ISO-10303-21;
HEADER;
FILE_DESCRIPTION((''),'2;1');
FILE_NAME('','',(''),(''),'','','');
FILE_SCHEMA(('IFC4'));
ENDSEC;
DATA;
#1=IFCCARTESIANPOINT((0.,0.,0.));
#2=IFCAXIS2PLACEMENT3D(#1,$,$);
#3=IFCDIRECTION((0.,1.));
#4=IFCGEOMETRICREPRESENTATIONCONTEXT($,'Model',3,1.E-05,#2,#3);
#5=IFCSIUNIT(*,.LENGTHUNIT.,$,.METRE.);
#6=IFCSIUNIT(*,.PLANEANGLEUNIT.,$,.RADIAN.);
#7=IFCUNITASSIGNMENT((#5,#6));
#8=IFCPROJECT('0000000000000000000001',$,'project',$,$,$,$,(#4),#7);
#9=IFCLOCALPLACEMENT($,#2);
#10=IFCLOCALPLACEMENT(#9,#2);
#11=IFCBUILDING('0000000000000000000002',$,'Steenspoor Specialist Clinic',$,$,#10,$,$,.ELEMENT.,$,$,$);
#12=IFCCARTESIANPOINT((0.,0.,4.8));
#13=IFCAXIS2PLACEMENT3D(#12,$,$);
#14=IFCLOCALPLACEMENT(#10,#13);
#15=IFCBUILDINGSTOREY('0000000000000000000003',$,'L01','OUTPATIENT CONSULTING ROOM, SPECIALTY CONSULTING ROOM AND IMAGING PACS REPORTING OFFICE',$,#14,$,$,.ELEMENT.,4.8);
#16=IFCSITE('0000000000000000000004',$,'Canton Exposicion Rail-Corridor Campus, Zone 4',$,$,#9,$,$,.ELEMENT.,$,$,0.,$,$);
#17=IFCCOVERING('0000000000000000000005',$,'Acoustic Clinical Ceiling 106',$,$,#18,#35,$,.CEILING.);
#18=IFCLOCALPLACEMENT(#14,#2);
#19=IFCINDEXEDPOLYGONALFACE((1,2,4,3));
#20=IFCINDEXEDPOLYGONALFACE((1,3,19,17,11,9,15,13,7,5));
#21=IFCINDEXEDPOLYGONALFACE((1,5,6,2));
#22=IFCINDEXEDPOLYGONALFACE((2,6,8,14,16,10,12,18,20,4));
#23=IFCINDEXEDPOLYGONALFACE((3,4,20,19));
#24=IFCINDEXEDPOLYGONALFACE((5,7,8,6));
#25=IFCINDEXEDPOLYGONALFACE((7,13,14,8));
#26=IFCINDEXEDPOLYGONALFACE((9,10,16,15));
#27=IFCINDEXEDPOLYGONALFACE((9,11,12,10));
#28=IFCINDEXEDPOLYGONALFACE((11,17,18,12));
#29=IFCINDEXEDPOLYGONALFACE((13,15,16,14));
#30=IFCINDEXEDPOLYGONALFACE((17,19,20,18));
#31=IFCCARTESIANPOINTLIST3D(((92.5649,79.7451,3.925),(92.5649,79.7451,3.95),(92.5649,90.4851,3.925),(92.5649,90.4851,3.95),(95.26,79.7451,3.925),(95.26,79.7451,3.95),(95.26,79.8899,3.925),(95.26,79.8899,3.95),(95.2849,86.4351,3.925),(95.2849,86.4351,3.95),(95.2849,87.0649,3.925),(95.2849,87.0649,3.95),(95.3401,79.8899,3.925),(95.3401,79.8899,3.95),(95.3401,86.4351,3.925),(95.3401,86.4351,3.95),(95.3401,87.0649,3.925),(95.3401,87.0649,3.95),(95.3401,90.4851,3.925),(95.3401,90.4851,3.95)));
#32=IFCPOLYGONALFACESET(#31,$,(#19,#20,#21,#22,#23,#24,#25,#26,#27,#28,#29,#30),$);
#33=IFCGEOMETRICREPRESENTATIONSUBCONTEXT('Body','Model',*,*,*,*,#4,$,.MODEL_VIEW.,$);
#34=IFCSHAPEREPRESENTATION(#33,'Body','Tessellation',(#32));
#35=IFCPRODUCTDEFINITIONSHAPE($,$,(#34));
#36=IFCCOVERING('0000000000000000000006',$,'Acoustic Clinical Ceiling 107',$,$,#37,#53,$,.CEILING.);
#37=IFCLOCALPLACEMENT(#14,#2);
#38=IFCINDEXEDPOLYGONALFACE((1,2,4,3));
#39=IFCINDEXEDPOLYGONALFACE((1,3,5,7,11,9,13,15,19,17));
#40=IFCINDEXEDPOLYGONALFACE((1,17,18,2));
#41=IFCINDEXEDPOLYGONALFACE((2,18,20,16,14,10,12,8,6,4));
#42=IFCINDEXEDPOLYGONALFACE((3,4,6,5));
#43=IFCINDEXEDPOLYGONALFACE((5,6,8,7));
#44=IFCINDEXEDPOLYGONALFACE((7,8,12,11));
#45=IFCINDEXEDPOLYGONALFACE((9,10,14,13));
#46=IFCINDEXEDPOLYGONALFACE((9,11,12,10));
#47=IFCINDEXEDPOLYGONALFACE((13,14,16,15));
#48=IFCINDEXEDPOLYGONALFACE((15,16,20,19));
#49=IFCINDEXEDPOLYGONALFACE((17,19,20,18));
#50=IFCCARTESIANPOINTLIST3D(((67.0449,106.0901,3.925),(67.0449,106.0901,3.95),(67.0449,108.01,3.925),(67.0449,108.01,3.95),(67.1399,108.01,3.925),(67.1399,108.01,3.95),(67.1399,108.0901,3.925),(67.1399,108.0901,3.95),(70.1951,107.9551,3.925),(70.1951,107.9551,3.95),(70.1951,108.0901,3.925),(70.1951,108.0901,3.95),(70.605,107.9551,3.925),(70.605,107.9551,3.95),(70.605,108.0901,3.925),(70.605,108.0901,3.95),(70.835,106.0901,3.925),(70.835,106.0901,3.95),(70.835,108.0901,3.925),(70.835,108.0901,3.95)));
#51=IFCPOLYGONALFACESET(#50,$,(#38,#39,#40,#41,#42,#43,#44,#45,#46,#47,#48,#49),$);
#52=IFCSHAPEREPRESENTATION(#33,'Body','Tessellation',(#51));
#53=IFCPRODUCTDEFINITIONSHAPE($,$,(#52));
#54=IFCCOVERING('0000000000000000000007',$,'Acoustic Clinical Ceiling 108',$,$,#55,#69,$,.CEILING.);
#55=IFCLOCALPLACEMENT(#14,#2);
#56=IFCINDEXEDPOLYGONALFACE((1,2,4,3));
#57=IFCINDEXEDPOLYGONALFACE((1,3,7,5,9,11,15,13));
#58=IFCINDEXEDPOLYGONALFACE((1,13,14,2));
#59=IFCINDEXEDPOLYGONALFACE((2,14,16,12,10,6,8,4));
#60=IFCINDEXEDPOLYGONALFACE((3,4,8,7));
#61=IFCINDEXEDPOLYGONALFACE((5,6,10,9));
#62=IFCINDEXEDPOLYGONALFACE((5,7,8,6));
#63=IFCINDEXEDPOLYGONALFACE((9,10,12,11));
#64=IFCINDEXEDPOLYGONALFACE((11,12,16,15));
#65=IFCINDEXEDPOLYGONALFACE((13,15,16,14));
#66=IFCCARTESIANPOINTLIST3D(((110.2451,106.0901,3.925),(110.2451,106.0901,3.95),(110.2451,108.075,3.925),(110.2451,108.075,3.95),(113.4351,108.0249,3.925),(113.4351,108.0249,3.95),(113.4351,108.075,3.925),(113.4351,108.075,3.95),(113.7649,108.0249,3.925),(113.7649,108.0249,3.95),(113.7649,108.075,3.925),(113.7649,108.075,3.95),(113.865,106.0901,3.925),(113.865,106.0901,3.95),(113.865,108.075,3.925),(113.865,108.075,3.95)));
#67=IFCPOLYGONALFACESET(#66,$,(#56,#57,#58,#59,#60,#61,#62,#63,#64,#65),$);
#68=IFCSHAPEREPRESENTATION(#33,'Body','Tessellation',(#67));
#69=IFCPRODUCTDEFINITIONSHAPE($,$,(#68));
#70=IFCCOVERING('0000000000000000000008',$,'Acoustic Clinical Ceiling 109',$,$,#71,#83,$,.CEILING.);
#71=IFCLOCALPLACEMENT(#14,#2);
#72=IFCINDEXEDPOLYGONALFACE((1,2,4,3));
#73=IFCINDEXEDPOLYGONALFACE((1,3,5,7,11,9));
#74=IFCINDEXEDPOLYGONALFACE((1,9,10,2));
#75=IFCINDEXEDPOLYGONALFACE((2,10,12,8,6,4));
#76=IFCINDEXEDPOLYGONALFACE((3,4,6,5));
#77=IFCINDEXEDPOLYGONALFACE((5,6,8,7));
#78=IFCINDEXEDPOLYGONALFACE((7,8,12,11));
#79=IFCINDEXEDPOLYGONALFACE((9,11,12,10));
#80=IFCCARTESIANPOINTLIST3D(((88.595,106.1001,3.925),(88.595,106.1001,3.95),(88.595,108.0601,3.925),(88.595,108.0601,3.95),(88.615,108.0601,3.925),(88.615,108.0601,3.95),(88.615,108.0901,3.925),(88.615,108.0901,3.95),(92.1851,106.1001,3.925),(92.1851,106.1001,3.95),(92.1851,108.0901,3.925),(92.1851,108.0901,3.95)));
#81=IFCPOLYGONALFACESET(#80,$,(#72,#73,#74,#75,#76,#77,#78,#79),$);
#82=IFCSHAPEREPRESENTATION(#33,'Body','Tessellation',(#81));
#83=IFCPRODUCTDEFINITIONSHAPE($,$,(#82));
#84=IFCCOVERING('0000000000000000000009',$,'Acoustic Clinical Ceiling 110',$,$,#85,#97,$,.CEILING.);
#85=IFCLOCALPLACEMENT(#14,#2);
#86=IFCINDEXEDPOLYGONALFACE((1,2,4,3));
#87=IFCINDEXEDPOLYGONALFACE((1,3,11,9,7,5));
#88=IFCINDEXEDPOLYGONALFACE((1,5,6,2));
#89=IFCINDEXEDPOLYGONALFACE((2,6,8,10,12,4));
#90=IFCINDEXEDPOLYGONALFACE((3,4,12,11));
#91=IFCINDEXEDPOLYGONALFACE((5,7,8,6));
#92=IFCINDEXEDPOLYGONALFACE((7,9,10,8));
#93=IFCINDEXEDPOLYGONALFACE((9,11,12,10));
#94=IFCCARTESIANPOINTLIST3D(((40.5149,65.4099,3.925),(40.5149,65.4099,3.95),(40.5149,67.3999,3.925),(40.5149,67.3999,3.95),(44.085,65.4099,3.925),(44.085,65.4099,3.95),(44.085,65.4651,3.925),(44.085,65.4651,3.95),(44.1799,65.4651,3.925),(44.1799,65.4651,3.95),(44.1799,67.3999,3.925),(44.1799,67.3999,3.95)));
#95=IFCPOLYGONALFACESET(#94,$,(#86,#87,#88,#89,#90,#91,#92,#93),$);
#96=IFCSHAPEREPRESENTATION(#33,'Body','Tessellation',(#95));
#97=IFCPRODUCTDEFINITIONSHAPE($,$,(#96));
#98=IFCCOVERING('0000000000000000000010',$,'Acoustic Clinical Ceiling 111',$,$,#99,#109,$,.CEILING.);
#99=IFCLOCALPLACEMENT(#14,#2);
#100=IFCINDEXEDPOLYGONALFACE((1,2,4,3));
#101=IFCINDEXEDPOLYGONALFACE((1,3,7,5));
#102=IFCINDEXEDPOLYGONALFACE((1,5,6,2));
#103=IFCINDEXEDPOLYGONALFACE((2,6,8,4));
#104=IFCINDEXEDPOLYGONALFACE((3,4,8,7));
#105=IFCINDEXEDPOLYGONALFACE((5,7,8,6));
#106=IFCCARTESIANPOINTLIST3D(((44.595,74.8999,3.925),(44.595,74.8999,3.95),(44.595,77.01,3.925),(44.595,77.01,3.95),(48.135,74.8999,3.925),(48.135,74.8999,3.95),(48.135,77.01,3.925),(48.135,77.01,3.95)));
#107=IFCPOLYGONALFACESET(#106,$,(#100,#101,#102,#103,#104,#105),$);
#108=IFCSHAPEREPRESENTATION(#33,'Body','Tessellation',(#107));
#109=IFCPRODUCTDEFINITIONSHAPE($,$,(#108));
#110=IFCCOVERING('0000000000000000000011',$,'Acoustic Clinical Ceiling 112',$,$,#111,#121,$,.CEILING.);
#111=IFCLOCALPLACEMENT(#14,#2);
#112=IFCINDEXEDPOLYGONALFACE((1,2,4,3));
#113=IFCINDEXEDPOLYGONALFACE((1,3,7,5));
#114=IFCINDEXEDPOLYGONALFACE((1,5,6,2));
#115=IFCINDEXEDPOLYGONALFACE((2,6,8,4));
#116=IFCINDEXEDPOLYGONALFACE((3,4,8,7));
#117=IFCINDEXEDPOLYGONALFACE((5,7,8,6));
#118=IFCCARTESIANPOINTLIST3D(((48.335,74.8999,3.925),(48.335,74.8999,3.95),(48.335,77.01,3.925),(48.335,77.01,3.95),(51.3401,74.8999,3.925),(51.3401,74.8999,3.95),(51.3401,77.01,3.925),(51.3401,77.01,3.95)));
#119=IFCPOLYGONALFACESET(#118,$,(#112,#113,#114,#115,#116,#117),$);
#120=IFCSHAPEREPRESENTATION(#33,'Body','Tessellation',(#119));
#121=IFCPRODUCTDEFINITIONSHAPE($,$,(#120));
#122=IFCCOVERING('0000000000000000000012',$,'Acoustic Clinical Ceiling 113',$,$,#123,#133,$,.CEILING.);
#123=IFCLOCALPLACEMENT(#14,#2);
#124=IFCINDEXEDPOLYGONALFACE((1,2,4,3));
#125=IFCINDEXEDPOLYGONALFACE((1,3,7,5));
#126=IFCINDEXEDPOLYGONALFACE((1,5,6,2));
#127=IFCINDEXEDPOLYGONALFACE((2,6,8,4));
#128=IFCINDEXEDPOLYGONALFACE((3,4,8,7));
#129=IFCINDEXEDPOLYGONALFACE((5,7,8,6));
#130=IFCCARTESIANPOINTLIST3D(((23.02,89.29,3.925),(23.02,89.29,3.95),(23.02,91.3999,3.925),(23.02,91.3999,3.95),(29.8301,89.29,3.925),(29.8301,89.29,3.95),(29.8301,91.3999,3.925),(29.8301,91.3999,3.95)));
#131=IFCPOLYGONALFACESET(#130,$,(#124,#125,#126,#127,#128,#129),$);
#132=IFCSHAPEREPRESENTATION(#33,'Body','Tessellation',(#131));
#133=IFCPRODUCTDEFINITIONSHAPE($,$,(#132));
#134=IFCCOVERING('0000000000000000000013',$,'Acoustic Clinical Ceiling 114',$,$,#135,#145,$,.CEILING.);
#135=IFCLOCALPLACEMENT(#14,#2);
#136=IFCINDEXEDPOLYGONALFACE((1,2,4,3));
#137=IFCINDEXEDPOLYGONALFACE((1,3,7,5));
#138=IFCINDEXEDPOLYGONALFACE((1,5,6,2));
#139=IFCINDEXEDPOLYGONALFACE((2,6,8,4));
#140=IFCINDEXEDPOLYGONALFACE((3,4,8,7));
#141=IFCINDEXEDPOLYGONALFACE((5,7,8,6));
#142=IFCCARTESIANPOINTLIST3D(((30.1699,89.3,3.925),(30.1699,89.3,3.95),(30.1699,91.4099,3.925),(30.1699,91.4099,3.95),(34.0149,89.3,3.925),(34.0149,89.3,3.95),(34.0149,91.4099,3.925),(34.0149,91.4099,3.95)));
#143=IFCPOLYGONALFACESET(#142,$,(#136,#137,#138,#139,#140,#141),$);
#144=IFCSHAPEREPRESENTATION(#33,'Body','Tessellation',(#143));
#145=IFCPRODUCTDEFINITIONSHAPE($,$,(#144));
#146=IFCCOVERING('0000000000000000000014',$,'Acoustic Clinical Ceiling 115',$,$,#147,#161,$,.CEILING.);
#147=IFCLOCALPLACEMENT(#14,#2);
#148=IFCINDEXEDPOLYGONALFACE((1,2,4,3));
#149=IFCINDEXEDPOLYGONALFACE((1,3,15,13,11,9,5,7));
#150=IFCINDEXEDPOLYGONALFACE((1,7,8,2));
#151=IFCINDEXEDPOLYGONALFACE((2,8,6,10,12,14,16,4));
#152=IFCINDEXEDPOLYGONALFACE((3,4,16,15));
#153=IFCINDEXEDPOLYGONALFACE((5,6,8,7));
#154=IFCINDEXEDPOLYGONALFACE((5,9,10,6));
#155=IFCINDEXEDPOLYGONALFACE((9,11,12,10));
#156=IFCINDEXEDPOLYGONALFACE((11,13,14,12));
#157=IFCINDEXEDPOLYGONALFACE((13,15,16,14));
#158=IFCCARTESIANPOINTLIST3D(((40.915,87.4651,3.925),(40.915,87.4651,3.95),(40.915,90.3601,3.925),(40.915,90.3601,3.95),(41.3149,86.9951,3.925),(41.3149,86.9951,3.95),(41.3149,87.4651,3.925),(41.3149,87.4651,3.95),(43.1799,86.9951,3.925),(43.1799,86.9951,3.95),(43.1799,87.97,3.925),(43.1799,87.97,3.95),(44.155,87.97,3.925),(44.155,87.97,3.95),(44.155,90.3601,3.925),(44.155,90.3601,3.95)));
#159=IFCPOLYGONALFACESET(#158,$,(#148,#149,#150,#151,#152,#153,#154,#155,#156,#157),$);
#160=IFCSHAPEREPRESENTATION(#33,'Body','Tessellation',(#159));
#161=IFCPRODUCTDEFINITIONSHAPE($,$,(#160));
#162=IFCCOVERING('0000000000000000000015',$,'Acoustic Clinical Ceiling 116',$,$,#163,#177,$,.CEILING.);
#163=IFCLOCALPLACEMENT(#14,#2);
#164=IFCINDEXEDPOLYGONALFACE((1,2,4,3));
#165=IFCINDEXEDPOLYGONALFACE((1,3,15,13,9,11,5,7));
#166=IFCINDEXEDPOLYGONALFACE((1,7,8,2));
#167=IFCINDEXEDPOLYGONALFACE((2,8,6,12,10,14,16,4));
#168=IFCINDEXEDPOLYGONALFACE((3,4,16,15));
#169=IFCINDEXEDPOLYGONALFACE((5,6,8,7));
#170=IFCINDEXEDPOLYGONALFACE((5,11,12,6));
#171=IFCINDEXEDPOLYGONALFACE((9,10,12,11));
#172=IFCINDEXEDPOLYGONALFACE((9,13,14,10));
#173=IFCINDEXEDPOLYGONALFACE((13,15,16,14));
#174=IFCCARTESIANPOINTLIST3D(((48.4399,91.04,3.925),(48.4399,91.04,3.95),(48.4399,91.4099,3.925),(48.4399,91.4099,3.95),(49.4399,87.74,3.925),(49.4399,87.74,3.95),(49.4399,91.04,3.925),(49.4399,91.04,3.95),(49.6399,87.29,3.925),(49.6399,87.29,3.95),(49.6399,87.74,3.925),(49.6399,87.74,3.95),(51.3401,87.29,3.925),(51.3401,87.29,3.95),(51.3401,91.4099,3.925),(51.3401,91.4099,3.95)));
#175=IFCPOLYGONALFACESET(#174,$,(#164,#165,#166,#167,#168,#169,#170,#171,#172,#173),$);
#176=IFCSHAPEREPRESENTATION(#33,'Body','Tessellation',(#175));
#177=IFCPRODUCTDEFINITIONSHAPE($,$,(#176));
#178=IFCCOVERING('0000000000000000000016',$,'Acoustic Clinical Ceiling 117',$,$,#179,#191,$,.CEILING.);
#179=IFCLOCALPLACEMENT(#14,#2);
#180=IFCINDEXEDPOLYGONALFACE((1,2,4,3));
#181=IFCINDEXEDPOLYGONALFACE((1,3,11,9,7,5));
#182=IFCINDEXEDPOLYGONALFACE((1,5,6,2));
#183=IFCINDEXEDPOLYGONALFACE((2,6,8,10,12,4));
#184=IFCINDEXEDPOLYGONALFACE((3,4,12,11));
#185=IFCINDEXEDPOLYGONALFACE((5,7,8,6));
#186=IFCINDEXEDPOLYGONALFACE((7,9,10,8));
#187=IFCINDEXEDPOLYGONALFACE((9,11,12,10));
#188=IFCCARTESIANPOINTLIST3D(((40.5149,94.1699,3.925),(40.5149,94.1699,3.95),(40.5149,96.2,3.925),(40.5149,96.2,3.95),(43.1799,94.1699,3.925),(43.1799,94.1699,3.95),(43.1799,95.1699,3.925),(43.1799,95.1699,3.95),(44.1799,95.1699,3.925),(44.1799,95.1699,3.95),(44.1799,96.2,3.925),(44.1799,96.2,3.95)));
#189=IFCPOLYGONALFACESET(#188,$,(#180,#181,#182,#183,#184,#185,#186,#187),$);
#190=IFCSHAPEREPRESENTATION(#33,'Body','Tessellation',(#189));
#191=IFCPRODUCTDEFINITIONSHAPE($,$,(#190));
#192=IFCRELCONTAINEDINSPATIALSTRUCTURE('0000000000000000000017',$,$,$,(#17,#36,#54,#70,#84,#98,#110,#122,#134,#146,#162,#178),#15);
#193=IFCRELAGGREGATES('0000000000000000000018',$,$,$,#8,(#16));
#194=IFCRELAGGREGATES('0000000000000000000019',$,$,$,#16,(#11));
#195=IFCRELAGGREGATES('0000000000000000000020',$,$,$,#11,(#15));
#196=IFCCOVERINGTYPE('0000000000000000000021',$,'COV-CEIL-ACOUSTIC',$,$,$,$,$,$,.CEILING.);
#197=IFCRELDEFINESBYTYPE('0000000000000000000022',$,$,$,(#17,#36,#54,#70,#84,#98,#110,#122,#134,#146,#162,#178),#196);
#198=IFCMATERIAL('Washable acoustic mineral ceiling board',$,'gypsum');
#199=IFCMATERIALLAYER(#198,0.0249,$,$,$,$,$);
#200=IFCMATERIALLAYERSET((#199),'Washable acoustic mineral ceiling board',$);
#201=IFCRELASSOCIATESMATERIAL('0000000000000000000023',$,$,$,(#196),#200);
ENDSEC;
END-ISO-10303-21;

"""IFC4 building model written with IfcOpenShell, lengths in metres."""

from ifc_helpers import new_model, si_unit, direction, frame, origin, place, context, subcontext, project, spatial, polyline, outline, extrude, material, layer, layer_set, type_object, element, save


model = new_model("IFC4")

# Units and contexts
model_context = context("Model", 3, precision=1e-05, world=origin(), true_north=direction((0.0, 1.0)))
body_context = subcontext(model_context, "Body", "Model", "MODEL_VIEW")
ifc_project = project(units=[si_unit("LENGTHUNIT", "METRE"), si_unit("PLANEANGLEUNIT", "RADIAN")], contexts=[model_context])

# Site, building, storey
site_placement = place(None, origin())
site = spatial("IfcSite", under=ifc_project, at=site_placement, Name="Canton Exposicion Rail-Corridor Campus, Zone 4", CompositionType="ELEMENT", RefElevation=0.0)
building_placement = place(site_placement, origin())
building = spatial("IfcBuilding", under=site, at=building_placement, Name="Steenspoor Specialist Clinic", CompositionType="ELEMENT")
storey_placement = place(building_placement, frame((0.0, 0.0, 4.8)))
storey = spatial("IfcBuildingStorey", under=building, at=storey_placement, Name="L01", Description="OUTPATIENT CONSULTING ROOM, SPECIALTY CONSULTING ROOM AND IMAGING PACS REPORTING OFFICE", CompositionType="ELEMENT", Elevation=4.8)

# Coverings
ifc_material = material(Name="Washable acoustic mineral ceiling board", Category="gypsum")
ifc_layer = layer(ifc_material, 0.0249)
ifc_layer_set = layer_set([ifc_layer], Name="Washable acoustic mineral ceiling board")
covering_type = type_object("IfcCoveringType", Name="COV-CEIL-ACOUSTIC", PredefinedType="CEILING", material=ifc_layer_set)
covering_1_placement = place(storey_placement, frame((0.0, 0.0, 3.925)))
element("IfcCovering", 1, at=covering_1_placement, inside=storey, type_object=covering_type, Name="Acoustic Clinical Ceiling 106", PredefinedType="CEILING", context=body_context, shape_type="SweptSolid", body=[
    extrude(outline(polyline([(95.3401, 87.0649), (95.2849, 87.0649), (95.2849, 86.4351), (95.3401, 86.4351), (95.3401, 79.8899), (95.26, 79.8899), (95.26, 79.7451), (92.5649, 79.7451), (92.5649, 90.4851), (95.3401, 90.4851), (95.3401, 87.0649)])), origin(), (0.0, 0.0, 1.0), 0.0249),
])
covering_2_placement = place(storey_placement, frame((0.0, 0.0, 3.925)))
element("IfcCovering", 2, at=covering_2_placement, inside=storey, type_object=covering_type, Name="Acoustic Clinical Ceiling 107", PredefinedType="CEILING", context=body_context, shape_type="SweptSolid", body=[
    extrude(outline(polyline([(70.1951, 108.0901), (70.1951, 107.9551), (70.605, 107.9551), (70.605, 108.0901), (70.835, 108.0901), (70.835, 106.0901), (67.0449, 106.0901), (67.0449, 108.01), (67.1399, 108.01), (67.1399, 108.0901), (70.1951, 108.0901)])), origin(), (0.0, 0.0, 1.0), 0.0249),
])
covering_3_placement = place(storey_placement, frame((0.0, 0.0, 3.925)))
element("IfcCovering", 3, at=covering_3_placement, inside=storey, type_object=covering_type, Name="Acoustic Clinical Ceiling 108", PredefinedType="CEILING", context=body_context, shape_type="SweptSolid", body=[
    extrude(outline(polyline([(113.4351, 108.075), (113.4351, 108.0249), (113.7649, 108.0249), (113.7649, 108.075), (113.865, 108.075), (113.865, 106.0901), (110.2451, 106.0901), (110.2451, 108.075), (113.4351, 108.075)])), origin(), (0.0, 0.0, 1.0), 0.0249),
])
covering_4_placement = place(storey_placement, frame((0.0, 0.0, 3.925)))
element("IfcCovering", 4, at=covering_4_placement, inside=storey, type_object=covering_type, Name="Acoustic Clinical Ceiling 109", PredefinedType="CEILING", context=body_context, shape_type="SweptSolid", body=[
    extrude(outline(polyline([(92.1851, 106.1001), (88.595, 106.1001), (88.595, 108.0601), (88.615, 108.0601), (88.615, 108.0901), (92.1851, 108.0901), (92.1851, 106.1001)])), origin(), (0.0, 0.0, 1.0), 0.0249),
])
covering_5_placement = place(storey_placement, frame((0.0, 0.0, 3.925)))
element("IfcCovering", 5, at=covering_5_placement, inside=storey, type_object=covering_type, Name="Acoustic Clinical Ceiling 110", PredefinedType="CEILING", context=body_context, shape_type="SweptSolid", body=[
    extrude(outline(polyline([(40.5149, 67.3999), (44.1799, 67.3999), (44.1799, 65.4651), (44.085, 65.4651), (44.085, 65.4099), (40.5149, 65.4099), (40.5149, 67.3999)])), origin(), (0.0, 0.0, 1.0), 0.0249),
])
covering_6_placement = place(storey_placement, frame((0.0, 0.0, 3.925)))
element("IfcCovering", 6, at=covering_6_placement, inside=storey, type_object=covering_type, Name="Acoustic Clinical Ceiling 111", PredefinedType="CEILING", context=body_context, shape_type="SweptSolid", body=[
    extrude(outline(polyline([(48.135, 74.8999), (44.595, 74.8999), (44.595, 77.01), (48.135, 77.01), (48.135, 74.8999)])), origin(), (0.0, 0.0, 1.0), 0.0249),
])
covering_7_placement = place(storey_placement, frame((0.0, 0.0, 3.925)))
element("IfcCovering", 7, at=covering_7_placement, inside=storey, type_object=covering_type, Name="Acoustic Clinical Ceiling 112", PredefinedType="CEILING", context=body_context, shape_type="SweptSolid", body=[
    extrude(outline(polyline([(51.3401, 74.8999), (48.335, 74.8999), (48.335, 77.01), (51.3401, 77.01), (51.3401, 74.8999)])), origin(), (0.0, 0.0, 1.0), 0.0249),
])
covering_8_placement = place(storey_placement, frame((0.0, 0.0, 3.925)))
element("IfcCovering", 8, at=covering_8_placement, inside=storey, type_object=covering_type, Name="Acoustic Clinical Ceiling 113", PredefinedType="CEILING", context=body_context, shape_type="SweptSolid", body=[
    extrude(outline(polyline([(29.8301, 91.3999), (29.8301, 89.29), (23.02, 89.29), (23.02, 91.3999), (29.8301, 91.3999)])), origin(), (0.0, 0.0, 1.0), 0.0249),
])
covering_9_placement = place(storey_placement, frame((0.0, 0.0, 3.925)))
element("IfcCovering", 9, at=covering_9_placement, inside=storey, type_object=covering_type, Name="Acoustic Clinical Ceiling 114", PredefinedType="CEILING", context=body_context, shape_type="SweptSolid", body=[
    extrude(outline(polyline([(34.0149, 89.3), (30.1699, 89.3), (30.1699, 91.4099), (34.0149, 91.4099), (34.0149, 89.3)])), origin(), (0.0, 0.0, 1.0), 0.0249),
])
covering_10_placement = place(storey_placement, frame((0.0, 0.0, 3.925)))
element("IfcCovering", 10, at=covering_10_placement, inside=storey, type_object=covering_type, Name="Acoustic Clinical Ceiling 115", PredefinedType="CEILING", context=body_context, shape_type="SweptSolid", body=[
    extrude(outline(polyline([(41.3149, 87.4651), (40.915, 87.4651), (40.915, 90.3601), (44.155, 90.3601), (44.155, 87.97), (43.1799, 87.97), (43.1799, 86.9951), (41.3149, 86.9951), (41.3149, 87.4651)])), origin(), (0.0, 0.0, 1.0), 0.0249),
])
covering_11_placement = place(storey_placement, frame((0.0, 0.0, 3.925)))
element("IfcCovering", 11, at=covering_11_placement, inside=storey, type_object=covering_type, Name="Acoustic Clinical Ceiling 116", PredefinedType="CEILING", context=body_context, shape_type="SweptSolid", body=[
    extrude(outline(polyline([(48.4399, 91.4099), (51.3401, 91.4099), (51.3401, 87.29), (49.6399, 87.29), (49.6399, 87.74), (49.4399, 87.74), (49.4399, 91.04), (48.4399, 91.04), (48.4399, 91.4099)])), origin(), (0.0, 0.0, 1.0), 0.0249),
])
covering_12_placement = place(storey_placement, frame((0.0, 0.0, 3.925)))
element("IfcCovering", 12, at=covering_12_placement, inside=storey, type_object=covering_type, Name="Acoustic Clinical Ceiling 117", PredefinedType="CEILING", context=body_context, shape_type="SweptSolid", body=[
    extrude(outline(polyline([(40.5149, 96.2), (44.1799, 96.2), (44.1799, 95.1699), (43.1799, 95.1699), (43.1799, 94.1699), (40.5149, 94.1699), (40.5149, 96.2)])), origin(), (0.0, 0.0, 1.0), 0.0249),
])

save(model, "model.ifc")
